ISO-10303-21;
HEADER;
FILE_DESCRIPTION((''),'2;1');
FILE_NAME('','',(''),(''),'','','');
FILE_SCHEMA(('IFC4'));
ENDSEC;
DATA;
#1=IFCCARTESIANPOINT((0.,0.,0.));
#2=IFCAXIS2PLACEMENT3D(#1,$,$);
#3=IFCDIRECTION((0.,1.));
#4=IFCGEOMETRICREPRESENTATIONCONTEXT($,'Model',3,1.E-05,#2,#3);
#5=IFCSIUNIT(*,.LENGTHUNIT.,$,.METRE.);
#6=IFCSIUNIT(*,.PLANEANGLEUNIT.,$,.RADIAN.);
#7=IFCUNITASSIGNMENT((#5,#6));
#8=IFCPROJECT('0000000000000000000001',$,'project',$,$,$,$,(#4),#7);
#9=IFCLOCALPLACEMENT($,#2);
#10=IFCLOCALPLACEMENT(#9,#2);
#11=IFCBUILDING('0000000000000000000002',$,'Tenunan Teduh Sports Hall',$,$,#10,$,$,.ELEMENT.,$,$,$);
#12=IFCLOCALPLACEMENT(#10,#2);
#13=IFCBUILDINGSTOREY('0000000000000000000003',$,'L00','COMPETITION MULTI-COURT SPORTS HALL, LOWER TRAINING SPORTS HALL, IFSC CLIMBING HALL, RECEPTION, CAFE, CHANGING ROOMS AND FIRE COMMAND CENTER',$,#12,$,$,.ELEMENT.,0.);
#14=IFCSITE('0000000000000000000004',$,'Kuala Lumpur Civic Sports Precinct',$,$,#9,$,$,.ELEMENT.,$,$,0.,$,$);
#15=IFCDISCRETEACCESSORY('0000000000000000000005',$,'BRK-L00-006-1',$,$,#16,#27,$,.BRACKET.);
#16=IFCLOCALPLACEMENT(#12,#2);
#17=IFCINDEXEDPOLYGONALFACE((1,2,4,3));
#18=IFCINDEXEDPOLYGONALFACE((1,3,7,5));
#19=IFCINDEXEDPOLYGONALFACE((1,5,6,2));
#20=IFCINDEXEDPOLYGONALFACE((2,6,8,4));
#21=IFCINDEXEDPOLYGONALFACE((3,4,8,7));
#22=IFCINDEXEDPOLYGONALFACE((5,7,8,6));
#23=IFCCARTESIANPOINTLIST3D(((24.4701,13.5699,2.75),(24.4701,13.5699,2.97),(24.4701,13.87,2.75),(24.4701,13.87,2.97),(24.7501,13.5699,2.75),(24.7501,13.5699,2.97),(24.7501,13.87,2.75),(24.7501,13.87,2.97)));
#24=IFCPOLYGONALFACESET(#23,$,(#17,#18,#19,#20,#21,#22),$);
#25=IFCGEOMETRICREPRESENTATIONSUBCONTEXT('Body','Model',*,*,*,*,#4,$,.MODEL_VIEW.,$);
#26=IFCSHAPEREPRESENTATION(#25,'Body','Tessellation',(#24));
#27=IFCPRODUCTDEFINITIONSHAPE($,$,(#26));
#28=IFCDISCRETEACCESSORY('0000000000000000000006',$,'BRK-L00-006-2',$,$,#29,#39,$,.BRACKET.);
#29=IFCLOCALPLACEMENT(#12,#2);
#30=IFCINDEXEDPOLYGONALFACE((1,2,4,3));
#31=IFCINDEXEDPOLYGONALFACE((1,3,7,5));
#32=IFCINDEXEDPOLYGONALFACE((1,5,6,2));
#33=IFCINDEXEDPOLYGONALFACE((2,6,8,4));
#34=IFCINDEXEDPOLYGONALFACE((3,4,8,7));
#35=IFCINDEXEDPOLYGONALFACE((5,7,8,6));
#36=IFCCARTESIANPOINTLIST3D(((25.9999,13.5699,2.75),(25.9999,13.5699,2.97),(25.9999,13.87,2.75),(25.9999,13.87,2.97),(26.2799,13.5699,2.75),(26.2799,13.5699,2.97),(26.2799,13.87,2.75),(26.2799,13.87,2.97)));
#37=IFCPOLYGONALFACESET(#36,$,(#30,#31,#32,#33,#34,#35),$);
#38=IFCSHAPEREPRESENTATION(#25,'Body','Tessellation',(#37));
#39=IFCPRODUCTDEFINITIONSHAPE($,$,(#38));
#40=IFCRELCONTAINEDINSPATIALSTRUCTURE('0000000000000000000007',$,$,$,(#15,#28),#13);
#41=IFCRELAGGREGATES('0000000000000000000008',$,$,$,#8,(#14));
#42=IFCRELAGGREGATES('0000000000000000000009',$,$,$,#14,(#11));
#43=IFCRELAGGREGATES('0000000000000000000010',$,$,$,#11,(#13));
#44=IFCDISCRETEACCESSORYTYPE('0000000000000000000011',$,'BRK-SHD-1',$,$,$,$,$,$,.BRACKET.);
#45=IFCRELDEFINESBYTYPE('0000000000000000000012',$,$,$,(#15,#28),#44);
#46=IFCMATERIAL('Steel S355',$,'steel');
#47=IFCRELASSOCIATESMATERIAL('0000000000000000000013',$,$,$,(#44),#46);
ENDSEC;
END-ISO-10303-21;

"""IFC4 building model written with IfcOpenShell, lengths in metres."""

from ifc_helpers import new_model, si_unit, direction, frame, origin, origin_2d, place, context, subcontext, project, spatial, rectangle, extrude, material, type_object, element, save


model = new_model("IFC4")

# Units and contexts
model_context = context("Model", 3, precision=1e-05, world=origin(), true_north=direction((0.0, 1.0)))
body_context = subcontext(model_context, "Body", "Model", "MODEL_VIEW")
ifc_project = project(units=[si_unit("LENGTHUNIT", "METRE"), si_unit("PLANEANGLEUNIT", "RADIAN")], contexts=[model_context])

# Site, building, storey
site_placement = place(None, origin())
site = spatial("IfcSite", under=ifc_project, at=site_placement, Name="Kuala Lumpur Civic Sports Precinct", CompositionType="ELEMENT", RefElevation=0.0)
building_placement = place(site_placement, origin())
building = spatial("IfcBuilding", under=site, at=building_placement, Name="Tenunan Teduh Sports Hall", CompositionType="ELEMENT")
storey_placement = place(building_placement, origin())
storey = spatial("IfcBuildingStorey", under=building, at=storey_placement, Name="L00", Description="COMPETITION MULTI-COURT SPORTS HALL, LOWER TRAINING SPORTS HALL, IFSC CLIMBING HALL, RECEPTION, CAFE, CHANGING ROOMS AND FIRE COMMAND CENTER", CompositionType="ELEMENT", Elevation=0.0)

# Discrete accessories
ifc_material_1 = material(Name="Steel S355", Category="steel")
discrete_accessory_type = type_object("IfcDiscreteAccessoryType", Name="BRK-SHD-1", PredefinedType="BRACKET", material=ifc_material_1)
for number, where, z_axis, x_axis, name in (
    (1, (24.6101, 13.72, 2.75), (0.0, 0.0, 1.0), (1.0, 0.0, 0.0), "BRK-L00-006-1"),
    (2, (26.1399, 13.72, 2.75), (0.0, 0.0, 1.0), (1.0, 0.0, 0.0), "BRK-L00-006-2"),
):
    element("IfcDiscreteAccessory", number, at=place(storey_placement, frame(where, z_axis=z_axis, x_axis=x_axis)), inside=storey, type_object=discrete_accessory_type, Name=name, PredefinedType="BRACKET", context=body_context, shape_type="SweptSolid", body=[
        extrude(rectangle(XDim=0.28, YDim=0.3, at=origin_2d()), origin(), (0.0, 0.0, 1.0), 0.22),
    ])

save(model, "model.ifc")
